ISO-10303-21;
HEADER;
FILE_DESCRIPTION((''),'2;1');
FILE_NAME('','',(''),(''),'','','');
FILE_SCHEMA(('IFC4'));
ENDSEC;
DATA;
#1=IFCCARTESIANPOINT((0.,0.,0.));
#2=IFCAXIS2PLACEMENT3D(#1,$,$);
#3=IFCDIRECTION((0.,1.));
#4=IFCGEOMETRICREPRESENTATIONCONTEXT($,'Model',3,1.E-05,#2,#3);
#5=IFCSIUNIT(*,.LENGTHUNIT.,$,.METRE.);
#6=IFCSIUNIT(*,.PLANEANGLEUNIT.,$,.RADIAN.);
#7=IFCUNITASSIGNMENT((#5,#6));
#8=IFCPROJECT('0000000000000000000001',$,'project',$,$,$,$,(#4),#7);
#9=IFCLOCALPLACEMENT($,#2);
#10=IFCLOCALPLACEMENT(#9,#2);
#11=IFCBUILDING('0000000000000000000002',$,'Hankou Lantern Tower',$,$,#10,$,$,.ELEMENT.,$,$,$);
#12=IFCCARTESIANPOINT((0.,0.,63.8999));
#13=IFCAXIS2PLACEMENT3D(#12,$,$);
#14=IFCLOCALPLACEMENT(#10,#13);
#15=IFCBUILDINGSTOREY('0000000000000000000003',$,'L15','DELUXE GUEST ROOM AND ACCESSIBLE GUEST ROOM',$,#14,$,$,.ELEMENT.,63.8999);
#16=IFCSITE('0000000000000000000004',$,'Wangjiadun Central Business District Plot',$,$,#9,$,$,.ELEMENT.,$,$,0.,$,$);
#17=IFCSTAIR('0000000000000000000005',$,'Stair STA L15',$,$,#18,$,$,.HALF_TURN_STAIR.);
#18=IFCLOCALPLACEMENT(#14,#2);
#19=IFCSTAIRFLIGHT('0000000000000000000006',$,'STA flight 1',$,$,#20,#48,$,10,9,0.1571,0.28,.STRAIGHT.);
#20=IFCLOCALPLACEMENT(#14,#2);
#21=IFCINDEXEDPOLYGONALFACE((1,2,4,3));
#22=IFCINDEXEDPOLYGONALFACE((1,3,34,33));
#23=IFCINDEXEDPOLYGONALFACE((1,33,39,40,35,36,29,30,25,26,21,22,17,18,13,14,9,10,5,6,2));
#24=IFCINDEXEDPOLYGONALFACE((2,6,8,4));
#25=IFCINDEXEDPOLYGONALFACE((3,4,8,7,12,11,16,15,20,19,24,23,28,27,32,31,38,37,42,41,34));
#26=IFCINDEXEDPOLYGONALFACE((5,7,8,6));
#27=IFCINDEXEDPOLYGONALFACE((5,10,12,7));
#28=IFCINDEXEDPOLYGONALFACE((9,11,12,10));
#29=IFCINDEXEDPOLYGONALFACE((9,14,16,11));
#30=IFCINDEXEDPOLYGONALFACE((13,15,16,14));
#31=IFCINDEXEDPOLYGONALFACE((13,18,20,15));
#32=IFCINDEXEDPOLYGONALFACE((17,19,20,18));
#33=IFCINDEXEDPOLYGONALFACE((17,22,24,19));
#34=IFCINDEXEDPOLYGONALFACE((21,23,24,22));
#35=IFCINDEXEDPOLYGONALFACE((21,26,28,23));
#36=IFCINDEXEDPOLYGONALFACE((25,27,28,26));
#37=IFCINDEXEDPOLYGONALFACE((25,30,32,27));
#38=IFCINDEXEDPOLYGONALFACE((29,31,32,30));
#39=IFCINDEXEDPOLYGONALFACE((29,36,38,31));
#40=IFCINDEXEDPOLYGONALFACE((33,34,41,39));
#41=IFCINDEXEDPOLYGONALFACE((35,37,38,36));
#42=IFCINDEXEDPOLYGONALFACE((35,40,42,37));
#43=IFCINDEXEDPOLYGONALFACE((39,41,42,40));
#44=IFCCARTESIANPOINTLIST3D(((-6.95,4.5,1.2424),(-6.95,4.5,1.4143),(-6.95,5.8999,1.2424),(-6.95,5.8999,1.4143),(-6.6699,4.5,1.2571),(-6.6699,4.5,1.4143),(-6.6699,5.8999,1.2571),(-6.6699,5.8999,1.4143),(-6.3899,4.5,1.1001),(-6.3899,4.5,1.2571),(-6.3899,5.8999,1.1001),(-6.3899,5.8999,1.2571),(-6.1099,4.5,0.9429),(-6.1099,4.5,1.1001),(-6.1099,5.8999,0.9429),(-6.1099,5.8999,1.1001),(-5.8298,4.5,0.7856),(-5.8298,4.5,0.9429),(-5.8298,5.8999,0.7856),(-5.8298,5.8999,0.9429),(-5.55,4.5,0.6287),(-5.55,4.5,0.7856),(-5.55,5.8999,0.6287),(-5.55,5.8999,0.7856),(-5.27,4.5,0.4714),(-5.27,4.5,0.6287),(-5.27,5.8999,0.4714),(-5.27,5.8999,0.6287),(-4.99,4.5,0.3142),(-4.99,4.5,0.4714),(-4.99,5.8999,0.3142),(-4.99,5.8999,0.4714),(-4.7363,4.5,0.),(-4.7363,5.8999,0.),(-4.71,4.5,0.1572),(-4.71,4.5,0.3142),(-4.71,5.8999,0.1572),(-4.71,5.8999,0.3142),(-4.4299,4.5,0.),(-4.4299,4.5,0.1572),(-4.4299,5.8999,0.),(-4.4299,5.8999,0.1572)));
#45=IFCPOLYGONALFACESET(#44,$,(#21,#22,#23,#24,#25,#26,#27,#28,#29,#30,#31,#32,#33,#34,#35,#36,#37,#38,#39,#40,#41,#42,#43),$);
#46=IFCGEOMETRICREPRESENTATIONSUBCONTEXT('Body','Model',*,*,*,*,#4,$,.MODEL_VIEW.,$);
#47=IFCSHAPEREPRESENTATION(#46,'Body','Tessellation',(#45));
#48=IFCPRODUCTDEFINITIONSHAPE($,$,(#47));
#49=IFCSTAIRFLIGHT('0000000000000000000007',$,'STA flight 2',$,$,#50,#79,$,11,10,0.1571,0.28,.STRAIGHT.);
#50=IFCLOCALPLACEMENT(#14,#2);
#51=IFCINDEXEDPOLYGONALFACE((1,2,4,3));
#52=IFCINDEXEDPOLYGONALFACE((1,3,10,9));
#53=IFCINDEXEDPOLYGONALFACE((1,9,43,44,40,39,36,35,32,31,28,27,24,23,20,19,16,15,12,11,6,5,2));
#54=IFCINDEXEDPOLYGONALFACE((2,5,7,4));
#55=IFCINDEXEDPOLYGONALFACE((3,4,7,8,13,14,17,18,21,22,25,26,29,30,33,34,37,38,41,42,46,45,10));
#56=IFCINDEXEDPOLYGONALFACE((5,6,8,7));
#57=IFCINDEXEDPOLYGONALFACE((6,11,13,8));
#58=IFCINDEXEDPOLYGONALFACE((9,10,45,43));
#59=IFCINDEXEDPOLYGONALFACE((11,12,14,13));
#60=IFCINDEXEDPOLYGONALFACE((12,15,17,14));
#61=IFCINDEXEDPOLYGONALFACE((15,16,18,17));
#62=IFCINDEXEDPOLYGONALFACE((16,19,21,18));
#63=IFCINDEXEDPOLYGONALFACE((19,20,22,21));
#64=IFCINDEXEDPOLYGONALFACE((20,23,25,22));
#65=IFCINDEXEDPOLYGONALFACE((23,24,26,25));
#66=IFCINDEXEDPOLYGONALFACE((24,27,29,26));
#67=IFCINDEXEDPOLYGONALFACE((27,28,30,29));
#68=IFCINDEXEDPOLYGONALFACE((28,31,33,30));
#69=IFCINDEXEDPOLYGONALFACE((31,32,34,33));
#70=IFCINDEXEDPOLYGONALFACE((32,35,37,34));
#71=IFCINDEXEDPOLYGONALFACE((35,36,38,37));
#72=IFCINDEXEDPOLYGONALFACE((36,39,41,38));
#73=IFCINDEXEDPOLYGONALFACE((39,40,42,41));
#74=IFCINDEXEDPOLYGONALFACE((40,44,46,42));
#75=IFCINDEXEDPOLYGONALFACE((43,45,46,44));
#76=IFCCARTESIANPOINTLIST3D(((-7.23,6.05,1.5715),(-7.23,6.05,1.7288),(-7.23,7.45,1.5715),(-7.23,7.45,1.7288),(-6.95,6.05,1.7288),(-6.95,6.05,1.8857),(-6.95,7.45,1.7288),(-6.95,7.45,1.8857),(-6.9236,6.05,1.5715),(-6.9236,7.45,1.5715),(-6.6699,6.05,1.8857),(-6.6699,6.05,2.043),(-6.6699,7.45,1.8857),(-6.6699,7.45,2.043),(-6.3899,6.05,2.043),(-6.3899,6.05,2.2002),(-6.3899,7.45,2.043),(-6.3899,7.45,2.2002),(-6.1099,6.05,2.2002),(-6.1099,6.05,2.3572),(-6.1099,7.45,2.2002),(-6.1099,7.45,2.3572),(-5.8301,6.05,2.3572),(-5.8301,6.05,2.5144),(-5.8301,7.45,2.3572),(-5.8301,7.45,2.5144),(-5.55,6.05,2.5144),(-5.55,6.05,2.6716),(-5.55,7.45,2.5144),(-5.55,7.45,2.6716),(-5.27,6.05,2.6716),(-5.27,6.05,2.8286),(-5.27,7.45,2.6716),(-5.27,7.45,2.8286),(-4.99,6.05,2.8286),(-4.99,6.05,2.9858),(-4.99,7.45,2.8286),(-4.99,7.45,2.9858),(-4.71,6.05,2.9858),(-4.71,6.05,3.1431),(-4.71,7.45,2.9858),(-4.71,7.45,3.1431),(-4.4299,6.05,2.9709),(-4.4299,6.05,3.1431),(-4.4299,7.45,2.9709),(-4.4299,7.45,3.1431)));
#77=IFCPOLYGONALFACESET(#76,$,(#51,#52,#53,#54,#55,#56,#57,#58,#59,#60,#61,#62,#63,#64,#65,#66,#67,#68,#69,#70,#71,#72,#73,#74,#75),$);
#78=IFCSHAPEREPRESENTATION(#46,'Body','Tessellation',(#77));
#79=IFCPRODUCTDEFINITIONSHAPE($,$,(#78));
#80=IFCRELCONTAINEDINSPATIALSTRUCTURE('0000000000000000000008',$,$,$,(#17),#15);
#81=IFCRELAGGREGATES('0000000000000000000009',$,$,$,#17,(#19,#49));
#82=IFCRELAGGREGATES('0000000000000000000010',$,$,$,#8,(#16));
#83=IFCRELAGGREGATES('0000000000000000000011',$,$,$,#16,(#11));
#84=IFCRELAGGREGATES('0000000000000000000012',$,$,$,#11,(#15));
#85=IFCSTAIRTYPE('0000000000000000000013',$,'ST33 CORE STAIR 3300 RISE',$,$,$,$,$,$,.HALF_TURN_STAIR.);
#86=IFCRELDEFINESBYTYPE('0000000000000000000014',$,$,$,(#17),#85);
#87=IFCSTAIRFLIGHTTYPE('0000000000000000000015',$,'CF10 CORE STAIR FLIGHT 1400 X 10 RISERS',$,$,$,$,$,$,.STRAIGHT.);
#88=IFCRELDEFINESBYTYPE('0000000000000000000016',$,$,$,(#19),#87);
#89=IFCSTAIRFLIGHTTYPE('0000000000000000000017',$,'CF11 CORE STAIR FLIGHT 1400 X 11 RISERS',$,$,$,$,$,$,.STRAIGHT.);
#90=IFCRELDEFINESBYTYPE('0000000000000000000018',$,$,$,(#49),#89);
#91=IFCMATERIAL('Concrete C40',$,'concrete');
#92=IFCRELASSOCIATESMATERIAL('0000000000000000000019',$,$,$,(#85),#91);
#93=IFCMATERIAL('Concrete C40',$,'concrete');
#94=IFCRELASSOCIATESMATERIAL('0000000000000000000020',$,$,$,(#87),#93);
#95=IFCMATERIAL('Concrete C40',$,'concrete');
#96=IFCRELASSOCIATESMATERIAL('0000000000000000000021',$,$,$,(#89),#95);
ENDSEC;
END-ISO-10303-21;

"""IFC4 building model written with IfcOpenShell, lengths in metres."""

from ifc_helpers import new_model, si_unit, direction, frame, origin, place, context, subcontext, project, spatial, polyline, outline, extrude, material, type_object, element, aggregate, save


model = new_model("IFC4")

# Units and contexts
model_context = context("Model", 3, precision=1e-05, world=origin(), true_north=direction((0.0, 1.0)))
body_context = subcontext(model_context, "Body", "Model", "MODEL_VIEW")
ifc_project = project(units=[si_unit("LENGTHUNIT", "METRE"), si_unit("PLANEANGLEUNIT", "RADIAN")], contexts=[model_context])

# Site, building, storey
site_placement = place(None, origin())
site = spatial("IfcSite", under=ifc_project, at=site_placement, Name="Wangjiadun Central Business District Plot", CompositionType="ELEMENT", RefElevation=0.0)
building_placement = place(site_placement, origin())
building = spatial("IfcBuilding", under=site, at=building_placement, Name="Hankou Lantern Tower", CompositionType="ELEMENT")
storey_placement = place(building_placement, frame((0.0, 0.0, 63.8999)))
storey = spatial("IfcBuildingStorey", under=building, at=storey_placement, Name="L15", Description="DELUXE GUEST ROOM AND ACCESSIBLE GUEST ROOM", CompositionType="ELEMENT", Elevation=63.8999)

# Stair, stair flights
ifc_material_1 = material(Name="Concrete C40", Category="concrete")
stair_type = type_object("IfcStairType", Name="ST33 CORE STAIR 3300 RISE", PredefinedType="HALF_TURN_STAIR", material=ifc_material_1)
stair_placement = place(storey_placement, origin())
stair = element("IfcStair", 1, at=stair_placement, inside=storey, type_object=stair_type, Name="Stair STA L15", PredefinedType="HALF_TURN_STAIR")
ifc_material_2 = material(Name="Concrete C40", Category="concrete")
stair_flight_type_1 = type_object("IfcStairFlightType", Name="CF10 CORE STAIR FLIGHT 1400 X 10 RISERS", PredefinedType="STRAIGHT", material=ifc_material_2)
stair_flight_1_placement = place(storey_placement, frame((-4.4299, 5.2, 0.0), z_axis=(0.0, 0.0, 1.0), x_axis=(-1.0, 0.0, 0.0)))
stair_flight_1 = element("IfcStairFlight", 2, at=stair_flight_1_placement, type_object=stair_flight_type_1, Name="STA flight 1", NumberOfRisers=10, NumberOfTreads=9, PredefinedType="STRAIGHT", RiserHeight=0.1571, TreadLength=0.28, context=body_context, shape_type="SweptSolid", body=[
    extrude(outline(polyline([(0.0, 0.0), (0.0, 0.1572), (0.28, 0.1572), (0.28, 0.3142), (0.5601, 0.3142), (0.5601, 0.4714), (0.8401, 0.4714), (0.8401, 0.6287), (1.1201, 0.6287), (1.1201, 0.7856), (1.3999, 0.7856), (1.3999, 0.9429), (1.6799, 0.9429), (1.6799, 1.1001), (1.96, 1.1001), (1.96, 1.2571), (2.24, 1.2571), (2.24, 1.4143), (2.52, 1.4143), (2.52, 1.5715), (2.52, 1.2424), (0.3064, 0.0), (0.0, 0.0)])), frame((0.0, 0.7, 0.0), z_axis=(0.0, -1.0, 0.0), x_axis=(1.0, 0.0, 0.0)), (0.0, 0.0, 1.0), 1.3999),
])
ifc_material_3 = material(Name="Concrete C40", Category="concrete")
stair_flight_type_2 = type_object("IfcStairFlightType", Name="CF11 CORE STAIR FLIGHT 1400 X 11 RISERS", PredefinedType="STRAIGHT", material=ifc_material_3)
stair_flight_2_placement = place(storey_placement, frame((-7.23, 6.75, 1.5715), z_axis=(0.0, 0.0, 1.0), x_axis=(1.0, 0.0, 0.0)))
stair_flight_2 = element("IfcStairFlight", 3, at=stair_flight_2_placement, type_object=stair_flight_type_2, Name="STA flight 2", NumberOfRisers=11, NumberOfTreads=10, PredefinedType="STRAIGHT", RiserHeight=0.1571, TreadLength=0.28, context=body_context, shape_type="SweptSolid", body=[
    extrude(outline(polyline([(0.0, 0.0), (0.0, 0.1572), (0.28, 0.1572), (0.28, 0.3142), (0.5601, 0.3142), (0.5601, 0.4714), (0.8401, 0.4714), (0.8401, 0.6287), (1.1201, 0.6287), (1.1201, 0.7856), (1.3999, 0.7856), (1.3999, 0.9429), (1.6799, 0.9429), (1.6799, 1.1001), (1.96, 1.1001), (1.96, 1.2571), (2.24, 1.2571), (2.24, 1.4143), (2.52, 1.4143), (2.52, 1.5715), (2.8, 1.5715), (2.8, 1.7285), (2.8, 1.3994), (0.3064, 0.0), (0.0, 0.0)])), frame((0.0, 0.7, 0.0), z_axis=(0.0, -1.0, 0.0), x_axis=(1.0, 0.0, 0.0)), (0.0, 0.0, 1.0), 1.3999),
])
aggregate(stair, [stair_flight_1, stair_flight_2])

save(model, "model.ifc")
